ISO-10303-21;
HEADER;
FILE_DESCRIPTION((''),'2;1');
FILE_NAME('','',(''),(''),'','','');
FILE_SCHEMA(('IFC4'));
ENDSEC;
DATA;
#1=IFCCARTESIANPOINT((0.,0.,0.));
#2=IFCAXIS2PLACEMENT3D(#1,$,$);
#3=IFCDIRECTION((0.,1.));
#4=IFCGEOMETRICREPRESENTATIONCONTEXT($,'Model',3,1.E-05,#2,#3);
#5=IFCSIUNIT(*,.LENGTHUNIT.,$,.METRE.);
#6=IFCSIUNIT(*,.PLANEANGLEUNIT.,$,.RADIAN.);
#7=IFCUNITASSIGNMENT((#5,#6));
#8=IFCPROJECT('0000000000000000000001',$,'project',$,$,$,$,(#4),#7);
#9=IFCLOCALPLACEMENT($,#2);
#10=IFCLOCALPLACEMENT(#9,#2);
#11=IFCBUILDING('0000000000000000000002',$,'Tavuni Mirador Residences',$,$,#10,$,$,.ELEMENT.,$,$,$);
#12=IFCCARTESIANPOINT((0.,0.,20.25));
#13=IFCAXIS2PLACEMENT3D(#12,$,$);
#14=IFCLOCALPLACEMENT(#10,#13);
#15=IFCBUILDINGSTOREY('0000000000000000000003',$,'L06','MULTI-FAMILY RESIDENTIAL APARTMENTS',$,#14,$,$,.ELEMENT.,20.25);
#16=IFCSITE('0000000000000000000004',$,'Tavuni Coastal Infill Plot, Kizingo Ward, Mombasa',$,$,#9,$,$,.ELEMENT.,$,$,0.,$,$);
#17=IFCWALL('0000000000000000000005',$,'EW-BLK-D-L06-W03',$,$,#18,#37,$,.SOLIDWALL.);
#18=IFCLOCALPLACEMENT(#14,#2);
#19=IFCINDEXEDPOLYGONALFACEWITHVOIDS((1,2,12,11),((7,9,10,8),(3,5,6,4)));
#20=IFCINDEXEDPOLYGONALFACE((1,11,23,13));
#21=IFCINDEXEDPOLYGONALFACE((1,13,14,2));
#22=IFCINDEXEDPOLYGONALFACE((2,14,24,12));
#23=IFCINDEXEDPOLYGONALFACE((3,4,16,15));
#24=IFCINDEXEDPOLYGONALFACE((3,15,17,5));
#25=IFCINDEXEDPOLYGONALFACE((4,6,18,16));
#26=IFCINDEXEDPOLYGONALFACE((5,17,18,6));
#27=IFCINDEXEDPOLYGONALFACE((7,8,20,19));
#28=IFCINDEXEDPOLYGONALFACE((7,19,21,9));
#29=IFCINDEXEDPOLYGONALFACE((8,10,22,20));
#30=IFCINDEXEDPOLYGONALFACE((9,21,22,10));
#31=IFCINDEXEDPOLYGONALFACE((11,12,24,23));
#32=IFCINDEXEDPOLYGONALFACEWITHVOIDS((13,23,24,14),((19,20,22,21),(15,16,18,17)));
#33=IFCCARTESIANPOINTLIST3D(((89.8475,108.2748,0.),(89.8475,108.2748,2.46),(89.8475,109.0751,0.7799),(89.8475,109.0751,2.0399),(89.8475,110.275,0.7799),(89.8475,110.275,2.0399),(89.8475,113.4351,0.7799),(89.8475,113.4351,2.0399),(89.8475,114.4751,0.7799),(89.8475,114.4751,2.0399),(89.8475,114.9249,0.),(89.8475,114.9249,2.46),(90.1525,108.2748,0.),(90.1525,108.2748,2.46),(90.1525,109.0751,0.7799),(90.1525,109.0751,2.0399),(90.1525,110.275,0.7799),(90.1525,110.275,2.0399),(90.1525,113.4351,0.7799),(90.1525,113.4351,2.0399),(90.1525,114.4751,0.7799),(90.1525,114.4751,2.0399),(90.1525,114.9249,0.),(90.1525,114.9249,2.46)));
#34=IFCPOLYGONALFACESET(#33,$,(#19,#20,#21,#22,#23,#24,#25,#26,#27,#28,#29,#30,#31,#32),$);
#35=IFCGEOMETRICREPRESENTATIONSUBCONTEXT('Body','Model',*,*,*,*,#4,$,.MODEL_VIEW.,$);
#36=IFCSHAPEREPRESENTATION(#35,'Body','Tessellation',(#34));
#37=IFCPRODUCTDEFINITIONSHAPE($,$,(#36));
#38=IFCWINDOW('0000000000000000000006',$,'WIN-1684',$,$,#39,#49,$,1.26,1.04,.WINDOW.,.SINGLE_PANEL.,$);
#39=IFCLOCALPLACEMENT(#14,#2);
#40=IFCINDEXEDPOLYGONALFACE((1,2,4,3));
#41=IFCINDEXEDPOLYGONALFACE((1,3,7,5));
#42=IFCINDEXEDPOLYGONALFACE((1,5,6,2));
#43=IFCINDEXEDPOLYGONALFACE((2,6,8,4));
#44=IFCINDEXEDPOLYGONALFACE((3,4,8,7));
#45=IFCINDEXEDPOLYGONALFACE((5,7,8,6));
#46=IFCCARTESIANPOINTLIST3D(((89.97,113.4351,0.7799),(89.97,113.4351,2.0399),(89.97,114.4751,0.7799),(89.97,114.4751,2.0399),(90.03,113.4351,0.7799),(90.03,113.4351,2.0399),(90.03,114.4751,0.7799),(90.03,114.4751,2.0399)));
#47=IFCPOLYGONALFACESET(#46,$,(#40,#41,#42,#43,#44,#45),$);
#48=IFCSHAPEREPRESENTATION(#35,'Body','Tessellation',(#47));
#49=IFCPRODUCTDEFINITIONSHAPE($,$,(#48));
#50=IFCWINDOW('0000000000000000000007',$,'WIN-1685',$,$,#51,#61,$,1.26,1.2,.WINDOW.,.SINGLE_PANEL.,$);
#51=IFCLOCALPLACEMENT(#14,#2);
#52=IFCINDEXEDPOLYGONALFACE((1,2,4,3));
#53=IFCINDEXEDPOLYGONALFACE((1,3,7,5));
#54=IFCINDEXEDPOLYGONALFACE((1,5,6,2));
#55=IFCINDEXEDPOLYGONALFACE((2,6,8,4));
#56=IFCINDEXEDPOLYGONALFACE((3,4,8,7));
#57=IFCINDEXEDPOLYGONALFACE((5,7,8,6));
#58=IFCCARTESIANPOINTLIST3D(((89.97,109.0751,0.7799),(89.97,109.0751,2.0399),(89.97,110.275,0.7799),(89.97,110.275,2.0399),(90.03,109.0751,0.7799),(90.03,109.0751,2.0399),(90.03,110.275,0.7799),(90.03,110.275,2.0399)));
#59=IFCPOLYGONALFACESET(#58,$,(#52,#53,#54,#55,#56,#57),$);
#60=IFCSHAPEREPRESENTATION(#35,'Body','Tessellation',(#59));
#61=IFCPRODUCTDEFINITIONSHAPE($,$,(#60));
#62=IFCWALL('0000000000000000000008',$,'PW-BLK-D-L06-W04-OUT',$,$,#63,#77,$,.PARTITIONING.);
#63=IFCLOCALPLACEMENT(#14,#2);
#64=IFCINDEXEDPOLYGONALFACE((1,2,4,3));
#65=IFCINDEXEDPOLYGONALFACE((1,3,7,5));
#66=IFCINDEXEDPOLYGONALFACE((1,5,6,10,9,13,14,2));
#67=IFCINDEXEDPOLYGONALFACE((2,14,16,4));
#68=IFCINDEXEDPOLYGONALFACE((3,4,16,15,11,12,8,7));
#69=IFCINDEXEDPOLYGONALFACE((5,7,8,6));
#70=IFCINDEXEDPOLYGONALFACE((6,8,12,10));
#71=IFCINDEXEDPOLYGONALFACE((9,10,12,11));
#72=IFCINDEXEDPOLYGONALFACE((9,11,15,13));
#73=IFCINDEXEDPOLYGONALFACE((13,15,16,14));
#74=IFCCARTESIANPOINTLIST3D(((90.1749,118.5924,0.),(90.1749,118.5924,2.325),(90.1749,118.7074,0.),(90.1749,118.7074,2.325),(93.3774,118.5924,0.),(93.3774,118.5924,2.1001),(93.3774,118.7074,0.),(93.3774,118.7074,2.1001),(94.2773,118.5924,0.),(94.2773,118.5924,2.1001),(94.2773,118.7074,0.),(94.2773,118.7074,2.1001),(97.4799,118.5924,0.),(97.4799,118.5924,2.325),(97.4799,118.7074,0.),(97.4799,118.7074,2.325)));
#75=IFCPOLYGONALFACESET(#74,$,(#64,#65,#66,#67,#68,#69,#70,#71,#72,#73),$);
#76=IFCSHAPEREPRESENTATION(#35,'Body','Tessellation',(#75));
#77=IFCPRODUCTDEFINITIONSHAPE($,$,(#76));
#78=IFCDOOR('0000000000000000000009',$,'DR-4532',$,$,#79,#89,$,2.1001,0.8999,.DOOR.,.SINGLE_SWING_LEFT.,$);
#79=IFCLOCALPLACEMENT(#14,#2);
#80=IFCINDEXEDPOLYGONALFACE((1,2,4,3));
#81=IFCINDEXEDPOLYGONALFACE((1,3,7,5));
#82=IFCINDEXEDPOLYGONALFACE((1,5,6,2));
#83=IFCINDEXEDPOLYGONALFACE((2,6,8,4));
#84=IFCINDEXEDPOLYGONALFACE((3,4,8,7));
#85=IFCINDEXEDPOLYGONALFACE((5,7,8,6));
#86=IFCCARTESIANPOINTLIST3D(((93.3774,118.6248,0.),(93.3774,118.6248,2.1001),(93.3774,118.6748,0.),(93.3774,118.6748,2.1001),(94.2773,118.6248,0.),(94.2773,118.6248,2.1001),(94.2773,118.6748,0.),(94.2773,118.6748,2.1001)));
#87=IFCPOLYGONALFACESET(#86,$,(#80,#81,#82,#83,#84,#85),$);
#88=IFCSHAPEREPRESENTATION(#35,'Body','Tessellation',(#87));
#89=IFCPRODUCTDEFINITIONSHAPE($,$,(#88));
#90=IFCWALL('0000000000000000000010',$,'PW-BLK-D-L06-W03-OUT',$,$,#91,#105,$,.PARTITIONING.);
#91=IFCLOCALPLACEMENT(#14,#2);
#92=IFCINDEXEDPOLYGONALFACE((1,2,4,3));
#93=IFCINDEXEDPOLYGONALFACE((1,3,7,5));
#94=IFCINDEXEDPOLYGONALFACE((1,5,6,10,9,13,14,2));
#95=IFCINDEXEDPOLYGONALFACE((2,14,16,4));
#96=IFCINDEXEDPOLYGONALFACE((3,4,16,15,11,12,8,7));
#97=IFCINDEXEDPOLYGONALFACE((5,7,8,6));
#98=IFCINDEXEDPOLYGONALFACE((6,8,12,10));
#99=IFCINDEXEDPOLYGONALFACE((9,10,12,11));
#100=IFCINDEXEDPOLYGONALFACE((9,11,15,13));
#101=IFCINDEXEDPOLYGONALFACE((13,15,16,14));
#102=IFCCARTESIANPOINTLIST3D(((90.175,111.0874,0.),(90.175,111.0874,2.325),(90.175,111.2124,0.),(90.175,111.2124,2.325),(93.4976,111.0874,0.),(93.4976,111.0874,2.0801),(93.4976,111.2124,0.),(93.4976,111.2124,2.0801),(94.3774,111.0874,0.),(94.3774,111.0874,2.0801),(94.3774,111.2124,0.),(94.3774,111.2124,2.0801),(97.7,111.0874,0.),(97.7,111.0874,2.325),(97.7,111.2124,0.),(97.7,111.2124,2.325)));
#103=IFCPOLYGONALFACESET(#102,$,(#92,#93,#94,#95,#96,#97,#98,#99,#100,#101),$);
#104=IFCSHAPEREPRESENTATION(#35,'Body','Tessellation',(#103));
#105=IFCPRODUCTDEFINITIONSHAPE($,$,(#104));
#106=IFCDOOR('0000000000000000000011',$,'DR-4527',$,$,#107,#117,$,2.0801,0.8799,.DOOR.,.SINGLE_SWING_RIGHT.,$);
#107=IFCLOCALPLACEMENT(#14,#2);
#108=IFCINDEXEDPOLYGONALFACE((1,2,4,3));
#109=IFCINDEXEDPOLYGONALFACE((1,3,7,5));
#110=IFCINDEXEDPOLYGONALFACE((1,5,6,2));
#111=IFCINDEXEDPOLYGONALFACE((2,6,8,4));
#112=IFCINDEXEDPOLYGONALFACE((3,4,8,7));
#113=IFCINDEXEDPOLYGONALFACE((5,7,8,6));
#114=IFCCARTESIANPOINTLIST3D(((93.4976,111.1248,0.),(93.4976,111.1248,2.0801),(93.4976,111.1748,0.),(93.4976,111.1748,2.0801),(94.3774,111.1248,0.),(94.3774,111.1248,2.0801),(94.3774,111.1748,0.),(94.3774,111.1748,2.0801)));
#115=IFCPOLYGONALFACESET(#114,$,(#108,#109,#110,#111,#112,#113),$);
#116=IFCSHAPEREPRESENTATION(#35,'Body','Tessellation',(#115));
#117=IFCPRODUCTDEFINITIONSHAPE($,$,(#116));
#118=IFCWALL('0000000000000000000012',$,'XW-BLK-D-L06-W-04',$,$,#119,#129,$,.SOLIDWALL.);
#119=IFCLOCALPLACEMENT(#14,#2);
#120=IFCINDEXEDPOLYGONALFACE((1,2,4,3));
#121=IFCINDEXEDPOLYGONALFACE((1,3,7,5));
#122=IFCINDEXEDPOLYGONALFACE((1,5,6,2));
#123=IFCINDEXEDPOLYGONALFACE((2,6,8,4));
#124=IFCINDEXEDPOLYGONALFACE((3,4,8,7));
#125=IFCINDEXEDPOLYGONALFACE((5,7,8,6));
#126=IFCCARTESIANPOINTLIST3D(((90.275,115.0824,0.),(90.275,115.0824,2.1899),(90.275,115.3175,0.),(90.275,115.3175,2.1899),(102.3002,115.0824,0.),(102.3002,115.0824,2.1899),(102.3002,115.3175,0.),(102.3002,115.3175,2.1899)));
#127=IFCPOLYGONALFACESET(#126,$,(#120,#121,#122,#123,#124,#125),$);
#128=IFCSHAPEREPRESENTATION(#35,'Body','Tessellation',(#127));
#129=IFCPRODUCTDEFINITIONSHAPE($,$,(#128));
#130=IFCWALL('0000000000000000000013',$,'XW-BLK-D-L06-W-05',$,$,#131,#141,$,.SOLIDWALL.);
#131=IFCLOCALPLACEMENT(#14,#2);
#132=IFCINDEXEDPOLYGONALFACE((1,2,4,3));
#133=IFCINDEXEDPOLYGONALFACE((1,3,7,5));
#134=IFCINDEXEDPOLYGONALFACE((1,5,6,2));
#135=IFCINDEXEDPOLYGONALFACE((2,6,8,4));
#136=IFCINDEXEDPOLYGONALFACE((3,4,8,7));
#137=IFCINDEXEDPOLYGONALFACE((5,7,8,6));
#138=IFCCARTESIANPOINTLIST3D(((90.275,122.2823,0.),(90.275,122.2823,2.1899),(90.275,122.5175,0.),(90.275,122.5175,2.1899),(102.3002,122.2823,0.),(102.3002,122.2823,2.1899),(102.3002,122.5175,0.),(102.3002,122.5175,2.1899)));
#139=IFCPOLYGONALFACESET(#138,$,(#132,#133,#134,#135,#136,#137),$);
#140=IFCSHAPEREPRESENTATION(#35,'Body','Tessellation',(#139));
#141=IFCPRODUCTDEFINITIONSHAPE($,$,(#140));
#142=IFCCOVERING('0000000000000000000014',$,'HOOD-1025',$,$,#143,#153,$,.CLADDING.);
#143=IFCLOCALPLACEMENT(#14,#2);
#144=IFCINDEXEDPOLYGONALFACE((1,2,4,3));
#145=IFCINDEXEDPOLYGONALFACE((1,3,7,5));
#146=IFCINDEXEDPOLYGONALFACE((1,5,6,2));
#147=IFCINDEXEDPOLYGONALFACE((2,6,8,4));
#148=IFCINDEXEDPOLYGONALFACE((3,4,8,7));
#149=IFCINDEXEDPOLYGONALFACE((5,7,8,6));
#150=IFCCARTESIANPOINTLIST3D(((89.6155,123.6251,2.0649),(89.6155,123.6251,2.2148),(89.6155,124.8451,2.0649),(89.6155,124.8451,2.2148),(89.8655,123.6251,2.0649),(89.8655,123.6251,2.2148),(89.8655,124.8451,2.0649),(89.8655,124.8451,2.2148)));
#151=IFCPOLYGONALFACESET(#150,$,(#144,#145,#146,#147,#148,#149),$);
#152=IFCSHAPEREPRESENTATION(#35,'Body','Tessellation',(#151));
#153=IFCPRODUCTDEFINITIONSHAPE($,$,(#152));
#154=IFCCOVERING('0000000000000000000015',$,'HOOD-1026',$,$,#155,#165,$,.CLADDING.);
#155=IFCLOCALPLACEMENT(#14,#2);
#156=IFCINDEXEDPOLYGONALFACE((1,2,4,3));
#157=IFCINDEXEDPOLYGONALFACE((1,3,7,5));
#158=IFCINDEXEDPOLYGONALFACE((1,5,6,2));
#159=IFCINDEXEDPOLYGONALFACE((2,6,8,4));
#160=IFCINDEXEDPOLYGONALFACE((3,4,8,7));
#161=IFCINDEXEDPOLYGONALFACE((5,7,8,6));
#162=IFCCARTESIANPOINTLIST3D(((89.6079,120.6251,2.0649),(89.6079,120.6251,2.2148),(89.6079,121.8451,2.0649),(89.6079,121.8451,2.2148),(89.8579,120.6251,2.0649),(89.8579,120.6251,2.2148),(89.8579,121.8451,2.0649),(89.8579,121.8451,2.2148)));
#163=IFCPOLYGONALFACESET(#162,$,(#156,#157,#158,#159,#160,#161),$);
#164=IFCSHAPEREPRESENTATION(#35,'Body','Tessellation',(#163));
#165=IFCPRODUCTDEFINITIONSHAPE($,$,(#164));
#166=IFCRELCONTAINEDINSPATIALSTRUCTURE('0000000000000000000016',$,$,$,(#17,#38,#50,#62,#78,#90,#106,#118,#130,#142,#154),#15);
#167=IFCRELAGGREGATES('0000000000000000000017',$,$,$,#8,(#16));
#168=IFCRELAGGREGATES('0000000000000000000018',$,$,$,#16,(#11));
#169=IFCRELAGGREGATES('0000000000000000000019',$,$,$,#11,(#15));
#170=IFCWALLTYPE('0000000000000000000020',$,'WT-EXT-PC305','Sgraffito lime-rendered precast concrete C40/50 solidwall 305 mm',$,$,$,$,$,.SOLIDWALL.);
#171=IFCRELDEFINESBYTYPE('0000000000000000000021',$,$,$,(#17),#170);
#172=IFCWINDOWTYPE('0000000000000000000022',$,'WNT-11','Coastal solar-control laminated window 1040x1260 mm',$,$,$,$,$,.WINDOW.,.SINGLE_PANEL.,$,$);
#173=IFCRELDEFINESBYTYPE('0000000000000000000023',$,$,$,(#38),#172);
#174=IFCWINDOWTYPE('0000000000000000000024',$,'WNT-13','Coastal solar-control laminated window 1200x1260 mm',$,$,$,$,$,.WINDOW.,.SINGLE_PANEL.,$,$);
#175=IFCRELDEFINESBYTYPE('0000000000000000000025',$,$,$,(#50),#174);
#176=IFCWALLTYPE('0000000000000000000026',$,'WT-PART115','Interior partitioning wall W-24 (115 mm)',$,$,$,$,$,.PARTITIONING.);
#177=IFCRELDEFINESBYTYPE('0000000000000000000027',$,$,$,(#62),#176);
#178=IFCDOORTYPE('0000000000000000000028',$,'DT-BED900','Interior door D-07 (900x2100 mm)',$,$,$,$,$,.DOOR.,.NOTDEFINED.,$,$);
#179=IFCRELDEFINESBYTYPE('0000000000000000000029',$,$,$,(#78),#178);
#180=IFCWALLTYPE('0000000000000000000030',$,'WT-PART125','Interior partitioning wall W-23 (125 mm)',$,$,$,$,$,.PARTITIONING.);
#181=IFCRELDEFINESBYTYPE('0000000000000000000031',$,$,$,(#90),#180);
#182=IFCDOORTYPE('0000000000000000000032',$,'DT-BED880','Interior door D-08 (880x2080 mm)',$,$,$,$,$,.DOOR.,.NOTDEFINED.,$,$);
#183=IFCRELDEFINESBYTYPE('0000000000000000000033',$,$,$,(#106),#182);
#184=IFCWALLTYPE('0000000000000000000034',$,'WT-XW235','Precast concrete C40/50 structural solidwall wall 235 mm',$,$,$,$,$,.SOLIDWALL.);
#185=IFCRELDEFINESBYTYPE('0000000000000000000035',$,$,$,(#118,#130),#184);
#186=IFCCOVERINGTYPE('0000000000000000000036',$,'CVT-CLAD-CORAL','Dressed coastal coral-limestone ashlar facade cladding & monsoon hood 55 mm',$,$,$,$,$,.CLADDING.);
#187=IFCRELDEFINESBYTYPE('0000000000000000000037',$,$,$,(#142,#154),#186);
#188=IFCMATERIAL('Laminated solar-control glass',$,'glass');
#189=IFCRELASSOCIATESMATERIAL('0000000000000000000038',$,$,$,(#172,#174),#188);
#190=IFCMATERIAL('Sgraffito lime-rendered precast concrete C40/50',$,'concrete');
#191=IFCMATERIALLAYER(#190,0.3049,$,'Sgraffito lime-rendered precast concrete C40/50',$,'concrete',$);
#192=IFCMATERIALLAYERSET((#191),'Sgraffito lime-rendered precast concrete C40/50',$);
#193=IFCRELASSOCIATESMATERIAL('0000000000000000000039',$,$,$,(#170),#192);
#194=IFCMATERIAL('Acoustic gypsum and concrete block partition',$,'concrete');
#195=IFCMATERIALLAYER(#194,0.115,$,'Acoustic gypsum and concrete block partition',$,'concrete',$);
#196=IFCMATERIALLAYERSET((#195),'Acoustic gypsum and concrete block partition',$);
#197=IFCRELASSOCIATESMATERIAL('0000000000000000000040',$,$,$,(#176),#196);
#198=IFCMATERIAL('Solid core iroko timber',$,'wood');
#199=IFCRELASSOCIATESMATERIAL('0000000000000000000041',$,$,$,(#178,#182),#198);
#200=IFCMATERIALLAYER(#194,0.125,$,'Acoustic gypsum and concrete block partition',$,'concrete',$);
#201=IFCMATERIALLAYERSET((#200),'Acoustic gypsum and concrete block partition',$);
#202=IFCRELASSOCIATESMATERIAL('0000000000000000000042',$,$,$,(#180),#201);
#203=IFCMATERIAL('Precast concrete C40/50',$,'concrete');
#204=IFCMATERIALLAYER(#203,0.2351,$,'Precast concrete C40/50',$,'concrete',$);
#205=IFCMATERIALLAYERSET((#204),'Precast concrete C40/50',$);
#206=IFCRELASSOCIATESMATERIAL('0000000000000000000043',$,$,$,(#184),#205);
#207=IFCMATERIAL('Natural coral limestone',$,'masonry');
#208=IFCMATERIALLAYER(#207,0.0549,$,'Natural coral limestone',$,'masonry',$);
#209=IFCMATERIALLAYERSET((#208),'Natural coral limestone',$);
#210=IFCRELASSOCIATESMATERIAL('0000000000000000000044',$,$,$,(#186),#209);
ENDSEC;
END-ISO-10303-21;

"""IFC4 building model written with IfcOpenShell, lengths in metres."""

from ifc_helpers import new_model, si_unit, direction, frame, frame_2d, origin, origin_2d, place, context, subcontext, project, spatial, rectangle, extrude, material, layer, layer_set, type_object, element, fill, save


model = new_model("IFC4")

# Units and contexts
model_context = context("Model", 3, precision=1e-05, world=origin(), true_north=direction((0.0, 1.0)))
body_context = subcontext(model_context, "Body", "Model", "MODEL_VIEW")
ifc_project = project(units=[si_unit("LENGTHUNIT", "METRE"), si_unit("PLANEANGLEUNIT", "RADIAN")], contexts=[model_context])

# Site, building, storey
site_placement = place(None, origin())
site = spatial("IfcSite", under=ifc_project, at=site_placement, Name="Tavuni Coastal Infill Plot, Kizingo Ward, Mombasa", CompositionType="ELEMENT", RefElevation=0.0)
building_placement = place(site_placement, origin())
building = spatial("IfcBuilding", under=site, at=building_placement, Name="Tavuni Mirador Residences", CompositionType="ELEMENT")
storey_placement = place(building_placement, frame((0.0, 0.0, 20.25)))
storey = spatial("IfcBuildingStorey", under=building, at=storey_placement, Name="L06", Description="MULTI-FAMILY RESIDENTIAL APARTMENTS", CompositionType="ELEMENT", Elevation=20.25)

# Shared definitions
ifc_material_1 = material(Name="Precast concrete C40/50", Category="concrete")

# Wall, openings, windows
ifc_material_2 = material(Name="Sgraffito lime-rendered precast concrete C40/50", Category="concrete")
ifc_material_3 = material(Name="Laminated solar-control glass", Category="glass")
window_type_1 = type_object("IfcWindowType", Name="WNT-11", Description="Coastal solar-control laminated window 1040x1260 mm", PartitioningType="SINGLE_PANEL", PredefinedType="WINDOW", material=ifc_material_3)
ifc_layer_1 = layer(ifc_material_2, 0.3049, Name="Sgraffito lime-rendered precast concrete C40/50", Category="concrete")
ifc_layer_set_1 = layer_set([ifc_layer_1], Name="Sgraffito lime-rendered precast concrete C40/50")
wall_type_1 = type_object("IfcWallType", Name="WT-EXT-PC305", Description="Sgraffito lime-rendered precast concrete C40/50 solidwall 305 mm", PredefinedType="SOLIDWALL", material=ifc_layer_set_1)
wall_1_placement = place(storey_placement, frame((90.0, 114.925, 0.0), z_axis=(0.0, 0.0, 1.0), x_axis=(0.0, -1.0, 0.0)))
wall_1 = element("IfcWall", 1, at=wall_1_placement, inside=storey, type_object=wall_type_1, Name="EW-BLK-D-L06-W03", PredefinedType="SOLIDWALL", context=body_context, shape_type="SweptSolid", body=[
    extrude(rectangle(XDim=6.6501, YDim=0.3049, at=frame_2d((3.3252, 0.0))), origin(), (0.0, 0.0, 1.0), 2.46),
])
opening_1_placement = place(wall_1_placement, frame((0.45, 0.0, 0.78)))
opening_1 = element("IfcOpeningElement", 2, at=opening_1_placement, cuts=wall_1, PredefinedType="OPENING", context=body_context, shape_type="SweptSolid", body=[
    extrude(rectangle(XDim=1.04, YDim=1.26, at=frame_2d((0.52, 0.6299))), frame((0.0, 0.1626, 0.0), z_axis=(0.0, -1.0, 0.0), x_axis=(1.0, 0.0, 0.0)), (0.0, 0.0, 1.0), 0.325),
])
opening_2_placement = place(wall_1_placement, frame((4.6499, 0.0, 0.78)))
opening_2 = element("IfcOpeningElement", 3, at=opening_2_placement, cuts=wall_1, PredefinedType="OPENING", context=body_context, shape_type="SweptSolid", body=[
    extrude(rectangle(XDim=1.2, YDim=1.26, at=frame_2d((0.6001, 0.6299))), frame((0.0, 0.1626, 0.0), z_axis=(0.0, -1.0, 0.0), x_axis=(1.0, 0.0, 0.0)), (0.0, 0.0, 1.0), 0.325),
])
window_1_placement = place(opening_1_placement, origin())
window_1 = element("IfcWindow", 4, at=window_1_placement, inside=storey, type_object=window_type_1, Name="WIN-1684", OverallHeight=1.26, OverallWidth=1.04, PartitioningType="SINGLE_PANEL", PredefinedType="WINDOW", context=body_context, shape_type="SweptSolid", body=[
    extrude(rectangle(XDim=1.04, YDim=1.26, at=frame_2d((0.52, 0.6299))), frame((0.0, 0.03, 0.0), z_axis=(0.0, -1.0, 0.0), x_axis=(1.0, 0.0, 0.0)), (0.0, 0.0, 1.0), 0.0601),
])
fill(opening_1, window_1)
window_type_2 = type_object("IfcWindowType", Name="WNT-13", Description="Coastal solar-control laminated window 1200x1260 mm", PartitioningType="SINGLE_PANEL", PredefinedType="WINDOW", material=ifc_material_3)
window_2_placement = place(opening_2_placement, origin())
window_2 = element("IfcWindow", 5, at=window_2_placement, inside=storey, type_object=window_type_2, Name="WIN-1685", OverallHeight=1.26, OverallWidth=1.2, PartitioningType="SINGLE_PANEL", PredefinedType="WINDOW", context=body_context, shape_type="SweptSolid", body=[
    extrude(rectangle(XDim=1.2, YDim=1.26, at=frame_2d((0.6001, 0.6299))), frame((0.0, 0.03, 0.0), z_axis=(0.0, -1.0, 0.0), x_axis=(1.0, 0.0, 0.0)), (0.0, 0.0, 1.0), 0.0601),
])
fill(opening_2, window_2)

# Walls, openings, doors
ifc_material_4 = material(Name="Acoustic gypsum and concrete block partition", Category="concrete")
ifc_layer_2 = layer(ifc_material_4, 0.115, Name="Acoustic gypsum and concrete block partition", Category="concrete")
ifc_layer_set_2 = layer_set([ifc_layer_2], Name="Acoustic gypsum and concrete block partition")
wall_type_2 = type_object("IfcWallType", Name="WT-PART115", Description="Interior partitioning wall W-24 (115 mm)", PredefinedType="PARTITIONING", material=ifc_layer_set_2)
wall_2_placement = place(storey_placement, frame((90.175, 118.6499, 0.0), z_axis=(0.0, 0.0, 1.0), x_axis=(1.0, 0.0, 0.0)))
wall_2 = element("IfcWall", 6, at=wall_2_placement, inside=storey, type_object=wall_type_2, Name="PW-BLK-D-L06-W04-OUT", PredefinedType="PARTITIONING", context=body_context, shape_type="SweptSolid", body=[
    extrude(rectangle(XDim=7.3049, YDim=0.115, at=frame_2d((3.6523, 0.0))), origin(), (0.0, 0.0, 1.0), 2.325),
])
opening_3_placement = place(wall_2_placement, frame((3.2024, 0.0, 0.0)))
opening_3 = element("IfcOpeningElement", 7, at=opening_3_placement, cuts=wall_2, PredefinedType="OPENING", context=body_context, shape_type="SweptSolid", body=[
    extrude(rectangle(XDim=0.8999, YDim=2.1001, at=frame_2d((0.45, 1.05))), frame((0.0, 0.0674, 0.0), z_axis=(0.0, -1.0, 0.0), x_axis=(1.0, 0.0, 0.0)), (0.0, 0.0, 1.0), 0.135),
])
ifc_material_5 = material(Name="Solid core iroko timber", Category="wood")
door_type_1 = type_object("IfcDoorType", Name="DT-BED900", Description="Interior door D-07 (900x2100 mm)", OperationType="NOTDEFINED", PredefinedType="DOOR", material=ifc_material_5)
door_1_placement = place(opening_3_placement, origin())
door_1 = element("IfcDoor", 8, at=door_1_placement, inside=storey, type_object=door_type_1, Name="DR-4532", OperationType="SINGLE_SWING_LEFT", OverallHeight=2.1001, OverallWidth=0.8999, PredefinedType="DOOR", context=body_context, shape_type="SweptSolid", body=[
    extrude(rectangle(XDim=0.8999, YDim=2.1001, at=frame_2d((0.45, 1.05))), frame((0.0, 0.0249, 0.0), z_axis=(0.0, -1.0, 0.0), x_axis=(1.0, 0.0, 0.0)), (0.0, 0.0, 1.0), 0.05),
])
fill(opening_3, door_1)
ifc_layer_3 = layer(ifc_material_4, 0.125, Name="Acoustic gypsum and concrete block partition", Category="concrete")
ifc_layer_set_3 = layer_set([ifc_layer_3], Name="Acoustic gypsum and concrete block partition")
wall_type_3 = type_object("IfcWallType", Name="WT-PART125", Description="Interior partitioning wall W-23 (125 mm)", PredefinedType="PARTITIONING", material=ifc_layer_set_3)
wall_3_placement = place(storey_placement, frame((90.175, 111.1499, 0.0), z_axis=(0.0, 0.0, 1.0), x_axis=(1.0, 0.0, 0.0)))
wall_3 = element("IfcWall", 9, at=wall_3_placement, inside=storey, type_object=wall_type_3, Name="PW-BLK-D-L06-W03-OUT", PredefinedType="PARTITIONING", context=body_context, shape_type="SweptSolid", body=[
    extrude(rectangle(XDim=7.5249, YDim=0.125, at=frame_2d((3.7625, 0.0))), origin(), (0.0, 0.0, 1.0), 2.325),
])
opening_4_placement = place(wall_3_placement, frame((3.3225, 0.0, 0.0)))
opening_4 = element("IfcOpeningElement", 10, at=opening_4_placement, cuts=wall_3, PredefinedType="OPENING", context=body_context, shape_type="SweptSolid", body=[
    extrude(rectangle(XDim=0.8799, YDim=2.0801, at=frame_2d((0.4399, 1.04))), frame((0.0, 0.0725, 0.0), z_axis=(0.0, -1.0, 0.0), x_axis=(1.0, 0.0, 0.0)), (0.0, 0.0, 1.0), 0.145),
])
door_type_2 = type_object("IfcDoorType", Name="DT-BED880", Description="Interior door D-08 (880x2080 mm)", OperationType="NOTDEFINED", PredefinedType="DOOR", material=ifc_material_5)
door_2_placement = place(opening_4_placement, origin())
door_2 = element("IfcDoor", 11, at=door_2_placement, inside=storey, type_object=door_type_2, Name="DR-4527", OperationType="SINGLE_SWING_RIGHT", OverallHeight=2.0801, OverallWidth=0.8799, PredefinedType="DOOR", context=body_context, shape_type="SweptSolid", body=[
    extrude(rectangle(XDim=0.8799, YDim=2.0801, at=frame_2d((0.4399, 1.04))), frame((0.0, 0.0249, 0.0), z_axis=(0.0, -1.0, 0.0), x_axis=(1.0, 0.0, 0.0)), (0.0, 0.0, 1.0), 0.05),
])
fill(opening_4, door_2)

# Walls
ifc_layer_4 = layer(ifc_material_1, 0.2351, Name="Precast concrete C40/50", Category="concrete")
ifc_layer_set_4 = layer_set([ifc_layer_4], Name="Precast concrete C40/50")
wall_type_4 = type_object("IfcWallType", Name="WT-XW235", Description="Precast concrete C40/50 structural solidwall wall 235 mm", PredefinedType="SOLIDWALL", material=ifc_layer_set_4)
for number, where, z_axis, x_axis, name in (
    (12, (90.2749, 115.2, 0.0), (0.0, 0.0, 1.0), (1.0, 0.0, 0.0), "XW-BLK-D-L06-W-04"),
    (13, (90.2749, 122.3999, 0.0), (0.0, 0.0, 1.0), (1.0, 0.0, 0.0), "XW-BLK-D-L06-W-05"),
):
    element("IfcWall", number, at=place(storey_placement, frame(where, z_axis=z_axis, x_axis=x_axis)), inside=storey, type_object=wall_type_4, Name=name, PredefinedType="SOLIDWALL", context=body_context, shape_type="SweptSolid", body=[
        extrude(rectangle(XDim=12.0251, YDim=0.2351, at=frame_2d((6.0127, 0.0))), origin(), (0.0, 0.0, 1.0), 2.1899),
    ])

# Coverings
ifc_material_6 = material(Name="Natural coral limestone", Category="masonry")
ifc_layer_5 = layer(ifc_material_6, 0.0549, Name="Natural coral limestone", Category="masonry")
ifc_layer_set_5 = layer_set([ifc_layer_5], Name="Natural coral limestone")
covering_type = type_object("IfcCoveringType", Name="CVT-CLAD-CORAL", Description="Dressed coastal coral-limestone ashlar facade cladding & monsoon hood 55 mm", PredefinedType="CLADDING", material=ifc_layer_set_5)
for number, where, z_axis, x_axis, name in (
    (14, (89.7405, 124.2351, 2.0649), (0.0, 0.0, 1.0), (0.0, -1.0, 0.0), "HOOD-1025"),
    (15, (89.7329, 121.2351, 2.0649), (0.0, 0.0, 1.0), (0.0, -1.0, 0.0), "HOOD-1026"),
):
    element("IfcCovering", number, at=place(storey_placement, frame(where, z_axis=z_axis, x_axis=x_axis)), inside=storey, type_object=covering_type, Name=name, PredefinedType="CLADDING", context=body_context, shape_type="SweptSolid", body=[
        extrude(rectangle(XDim=1.22, YDim=0.25, at=origin_2d()), origin(), (0.0, 0.0, 1.0), 0.1499),
    ])

save(model, "model.ifc")
